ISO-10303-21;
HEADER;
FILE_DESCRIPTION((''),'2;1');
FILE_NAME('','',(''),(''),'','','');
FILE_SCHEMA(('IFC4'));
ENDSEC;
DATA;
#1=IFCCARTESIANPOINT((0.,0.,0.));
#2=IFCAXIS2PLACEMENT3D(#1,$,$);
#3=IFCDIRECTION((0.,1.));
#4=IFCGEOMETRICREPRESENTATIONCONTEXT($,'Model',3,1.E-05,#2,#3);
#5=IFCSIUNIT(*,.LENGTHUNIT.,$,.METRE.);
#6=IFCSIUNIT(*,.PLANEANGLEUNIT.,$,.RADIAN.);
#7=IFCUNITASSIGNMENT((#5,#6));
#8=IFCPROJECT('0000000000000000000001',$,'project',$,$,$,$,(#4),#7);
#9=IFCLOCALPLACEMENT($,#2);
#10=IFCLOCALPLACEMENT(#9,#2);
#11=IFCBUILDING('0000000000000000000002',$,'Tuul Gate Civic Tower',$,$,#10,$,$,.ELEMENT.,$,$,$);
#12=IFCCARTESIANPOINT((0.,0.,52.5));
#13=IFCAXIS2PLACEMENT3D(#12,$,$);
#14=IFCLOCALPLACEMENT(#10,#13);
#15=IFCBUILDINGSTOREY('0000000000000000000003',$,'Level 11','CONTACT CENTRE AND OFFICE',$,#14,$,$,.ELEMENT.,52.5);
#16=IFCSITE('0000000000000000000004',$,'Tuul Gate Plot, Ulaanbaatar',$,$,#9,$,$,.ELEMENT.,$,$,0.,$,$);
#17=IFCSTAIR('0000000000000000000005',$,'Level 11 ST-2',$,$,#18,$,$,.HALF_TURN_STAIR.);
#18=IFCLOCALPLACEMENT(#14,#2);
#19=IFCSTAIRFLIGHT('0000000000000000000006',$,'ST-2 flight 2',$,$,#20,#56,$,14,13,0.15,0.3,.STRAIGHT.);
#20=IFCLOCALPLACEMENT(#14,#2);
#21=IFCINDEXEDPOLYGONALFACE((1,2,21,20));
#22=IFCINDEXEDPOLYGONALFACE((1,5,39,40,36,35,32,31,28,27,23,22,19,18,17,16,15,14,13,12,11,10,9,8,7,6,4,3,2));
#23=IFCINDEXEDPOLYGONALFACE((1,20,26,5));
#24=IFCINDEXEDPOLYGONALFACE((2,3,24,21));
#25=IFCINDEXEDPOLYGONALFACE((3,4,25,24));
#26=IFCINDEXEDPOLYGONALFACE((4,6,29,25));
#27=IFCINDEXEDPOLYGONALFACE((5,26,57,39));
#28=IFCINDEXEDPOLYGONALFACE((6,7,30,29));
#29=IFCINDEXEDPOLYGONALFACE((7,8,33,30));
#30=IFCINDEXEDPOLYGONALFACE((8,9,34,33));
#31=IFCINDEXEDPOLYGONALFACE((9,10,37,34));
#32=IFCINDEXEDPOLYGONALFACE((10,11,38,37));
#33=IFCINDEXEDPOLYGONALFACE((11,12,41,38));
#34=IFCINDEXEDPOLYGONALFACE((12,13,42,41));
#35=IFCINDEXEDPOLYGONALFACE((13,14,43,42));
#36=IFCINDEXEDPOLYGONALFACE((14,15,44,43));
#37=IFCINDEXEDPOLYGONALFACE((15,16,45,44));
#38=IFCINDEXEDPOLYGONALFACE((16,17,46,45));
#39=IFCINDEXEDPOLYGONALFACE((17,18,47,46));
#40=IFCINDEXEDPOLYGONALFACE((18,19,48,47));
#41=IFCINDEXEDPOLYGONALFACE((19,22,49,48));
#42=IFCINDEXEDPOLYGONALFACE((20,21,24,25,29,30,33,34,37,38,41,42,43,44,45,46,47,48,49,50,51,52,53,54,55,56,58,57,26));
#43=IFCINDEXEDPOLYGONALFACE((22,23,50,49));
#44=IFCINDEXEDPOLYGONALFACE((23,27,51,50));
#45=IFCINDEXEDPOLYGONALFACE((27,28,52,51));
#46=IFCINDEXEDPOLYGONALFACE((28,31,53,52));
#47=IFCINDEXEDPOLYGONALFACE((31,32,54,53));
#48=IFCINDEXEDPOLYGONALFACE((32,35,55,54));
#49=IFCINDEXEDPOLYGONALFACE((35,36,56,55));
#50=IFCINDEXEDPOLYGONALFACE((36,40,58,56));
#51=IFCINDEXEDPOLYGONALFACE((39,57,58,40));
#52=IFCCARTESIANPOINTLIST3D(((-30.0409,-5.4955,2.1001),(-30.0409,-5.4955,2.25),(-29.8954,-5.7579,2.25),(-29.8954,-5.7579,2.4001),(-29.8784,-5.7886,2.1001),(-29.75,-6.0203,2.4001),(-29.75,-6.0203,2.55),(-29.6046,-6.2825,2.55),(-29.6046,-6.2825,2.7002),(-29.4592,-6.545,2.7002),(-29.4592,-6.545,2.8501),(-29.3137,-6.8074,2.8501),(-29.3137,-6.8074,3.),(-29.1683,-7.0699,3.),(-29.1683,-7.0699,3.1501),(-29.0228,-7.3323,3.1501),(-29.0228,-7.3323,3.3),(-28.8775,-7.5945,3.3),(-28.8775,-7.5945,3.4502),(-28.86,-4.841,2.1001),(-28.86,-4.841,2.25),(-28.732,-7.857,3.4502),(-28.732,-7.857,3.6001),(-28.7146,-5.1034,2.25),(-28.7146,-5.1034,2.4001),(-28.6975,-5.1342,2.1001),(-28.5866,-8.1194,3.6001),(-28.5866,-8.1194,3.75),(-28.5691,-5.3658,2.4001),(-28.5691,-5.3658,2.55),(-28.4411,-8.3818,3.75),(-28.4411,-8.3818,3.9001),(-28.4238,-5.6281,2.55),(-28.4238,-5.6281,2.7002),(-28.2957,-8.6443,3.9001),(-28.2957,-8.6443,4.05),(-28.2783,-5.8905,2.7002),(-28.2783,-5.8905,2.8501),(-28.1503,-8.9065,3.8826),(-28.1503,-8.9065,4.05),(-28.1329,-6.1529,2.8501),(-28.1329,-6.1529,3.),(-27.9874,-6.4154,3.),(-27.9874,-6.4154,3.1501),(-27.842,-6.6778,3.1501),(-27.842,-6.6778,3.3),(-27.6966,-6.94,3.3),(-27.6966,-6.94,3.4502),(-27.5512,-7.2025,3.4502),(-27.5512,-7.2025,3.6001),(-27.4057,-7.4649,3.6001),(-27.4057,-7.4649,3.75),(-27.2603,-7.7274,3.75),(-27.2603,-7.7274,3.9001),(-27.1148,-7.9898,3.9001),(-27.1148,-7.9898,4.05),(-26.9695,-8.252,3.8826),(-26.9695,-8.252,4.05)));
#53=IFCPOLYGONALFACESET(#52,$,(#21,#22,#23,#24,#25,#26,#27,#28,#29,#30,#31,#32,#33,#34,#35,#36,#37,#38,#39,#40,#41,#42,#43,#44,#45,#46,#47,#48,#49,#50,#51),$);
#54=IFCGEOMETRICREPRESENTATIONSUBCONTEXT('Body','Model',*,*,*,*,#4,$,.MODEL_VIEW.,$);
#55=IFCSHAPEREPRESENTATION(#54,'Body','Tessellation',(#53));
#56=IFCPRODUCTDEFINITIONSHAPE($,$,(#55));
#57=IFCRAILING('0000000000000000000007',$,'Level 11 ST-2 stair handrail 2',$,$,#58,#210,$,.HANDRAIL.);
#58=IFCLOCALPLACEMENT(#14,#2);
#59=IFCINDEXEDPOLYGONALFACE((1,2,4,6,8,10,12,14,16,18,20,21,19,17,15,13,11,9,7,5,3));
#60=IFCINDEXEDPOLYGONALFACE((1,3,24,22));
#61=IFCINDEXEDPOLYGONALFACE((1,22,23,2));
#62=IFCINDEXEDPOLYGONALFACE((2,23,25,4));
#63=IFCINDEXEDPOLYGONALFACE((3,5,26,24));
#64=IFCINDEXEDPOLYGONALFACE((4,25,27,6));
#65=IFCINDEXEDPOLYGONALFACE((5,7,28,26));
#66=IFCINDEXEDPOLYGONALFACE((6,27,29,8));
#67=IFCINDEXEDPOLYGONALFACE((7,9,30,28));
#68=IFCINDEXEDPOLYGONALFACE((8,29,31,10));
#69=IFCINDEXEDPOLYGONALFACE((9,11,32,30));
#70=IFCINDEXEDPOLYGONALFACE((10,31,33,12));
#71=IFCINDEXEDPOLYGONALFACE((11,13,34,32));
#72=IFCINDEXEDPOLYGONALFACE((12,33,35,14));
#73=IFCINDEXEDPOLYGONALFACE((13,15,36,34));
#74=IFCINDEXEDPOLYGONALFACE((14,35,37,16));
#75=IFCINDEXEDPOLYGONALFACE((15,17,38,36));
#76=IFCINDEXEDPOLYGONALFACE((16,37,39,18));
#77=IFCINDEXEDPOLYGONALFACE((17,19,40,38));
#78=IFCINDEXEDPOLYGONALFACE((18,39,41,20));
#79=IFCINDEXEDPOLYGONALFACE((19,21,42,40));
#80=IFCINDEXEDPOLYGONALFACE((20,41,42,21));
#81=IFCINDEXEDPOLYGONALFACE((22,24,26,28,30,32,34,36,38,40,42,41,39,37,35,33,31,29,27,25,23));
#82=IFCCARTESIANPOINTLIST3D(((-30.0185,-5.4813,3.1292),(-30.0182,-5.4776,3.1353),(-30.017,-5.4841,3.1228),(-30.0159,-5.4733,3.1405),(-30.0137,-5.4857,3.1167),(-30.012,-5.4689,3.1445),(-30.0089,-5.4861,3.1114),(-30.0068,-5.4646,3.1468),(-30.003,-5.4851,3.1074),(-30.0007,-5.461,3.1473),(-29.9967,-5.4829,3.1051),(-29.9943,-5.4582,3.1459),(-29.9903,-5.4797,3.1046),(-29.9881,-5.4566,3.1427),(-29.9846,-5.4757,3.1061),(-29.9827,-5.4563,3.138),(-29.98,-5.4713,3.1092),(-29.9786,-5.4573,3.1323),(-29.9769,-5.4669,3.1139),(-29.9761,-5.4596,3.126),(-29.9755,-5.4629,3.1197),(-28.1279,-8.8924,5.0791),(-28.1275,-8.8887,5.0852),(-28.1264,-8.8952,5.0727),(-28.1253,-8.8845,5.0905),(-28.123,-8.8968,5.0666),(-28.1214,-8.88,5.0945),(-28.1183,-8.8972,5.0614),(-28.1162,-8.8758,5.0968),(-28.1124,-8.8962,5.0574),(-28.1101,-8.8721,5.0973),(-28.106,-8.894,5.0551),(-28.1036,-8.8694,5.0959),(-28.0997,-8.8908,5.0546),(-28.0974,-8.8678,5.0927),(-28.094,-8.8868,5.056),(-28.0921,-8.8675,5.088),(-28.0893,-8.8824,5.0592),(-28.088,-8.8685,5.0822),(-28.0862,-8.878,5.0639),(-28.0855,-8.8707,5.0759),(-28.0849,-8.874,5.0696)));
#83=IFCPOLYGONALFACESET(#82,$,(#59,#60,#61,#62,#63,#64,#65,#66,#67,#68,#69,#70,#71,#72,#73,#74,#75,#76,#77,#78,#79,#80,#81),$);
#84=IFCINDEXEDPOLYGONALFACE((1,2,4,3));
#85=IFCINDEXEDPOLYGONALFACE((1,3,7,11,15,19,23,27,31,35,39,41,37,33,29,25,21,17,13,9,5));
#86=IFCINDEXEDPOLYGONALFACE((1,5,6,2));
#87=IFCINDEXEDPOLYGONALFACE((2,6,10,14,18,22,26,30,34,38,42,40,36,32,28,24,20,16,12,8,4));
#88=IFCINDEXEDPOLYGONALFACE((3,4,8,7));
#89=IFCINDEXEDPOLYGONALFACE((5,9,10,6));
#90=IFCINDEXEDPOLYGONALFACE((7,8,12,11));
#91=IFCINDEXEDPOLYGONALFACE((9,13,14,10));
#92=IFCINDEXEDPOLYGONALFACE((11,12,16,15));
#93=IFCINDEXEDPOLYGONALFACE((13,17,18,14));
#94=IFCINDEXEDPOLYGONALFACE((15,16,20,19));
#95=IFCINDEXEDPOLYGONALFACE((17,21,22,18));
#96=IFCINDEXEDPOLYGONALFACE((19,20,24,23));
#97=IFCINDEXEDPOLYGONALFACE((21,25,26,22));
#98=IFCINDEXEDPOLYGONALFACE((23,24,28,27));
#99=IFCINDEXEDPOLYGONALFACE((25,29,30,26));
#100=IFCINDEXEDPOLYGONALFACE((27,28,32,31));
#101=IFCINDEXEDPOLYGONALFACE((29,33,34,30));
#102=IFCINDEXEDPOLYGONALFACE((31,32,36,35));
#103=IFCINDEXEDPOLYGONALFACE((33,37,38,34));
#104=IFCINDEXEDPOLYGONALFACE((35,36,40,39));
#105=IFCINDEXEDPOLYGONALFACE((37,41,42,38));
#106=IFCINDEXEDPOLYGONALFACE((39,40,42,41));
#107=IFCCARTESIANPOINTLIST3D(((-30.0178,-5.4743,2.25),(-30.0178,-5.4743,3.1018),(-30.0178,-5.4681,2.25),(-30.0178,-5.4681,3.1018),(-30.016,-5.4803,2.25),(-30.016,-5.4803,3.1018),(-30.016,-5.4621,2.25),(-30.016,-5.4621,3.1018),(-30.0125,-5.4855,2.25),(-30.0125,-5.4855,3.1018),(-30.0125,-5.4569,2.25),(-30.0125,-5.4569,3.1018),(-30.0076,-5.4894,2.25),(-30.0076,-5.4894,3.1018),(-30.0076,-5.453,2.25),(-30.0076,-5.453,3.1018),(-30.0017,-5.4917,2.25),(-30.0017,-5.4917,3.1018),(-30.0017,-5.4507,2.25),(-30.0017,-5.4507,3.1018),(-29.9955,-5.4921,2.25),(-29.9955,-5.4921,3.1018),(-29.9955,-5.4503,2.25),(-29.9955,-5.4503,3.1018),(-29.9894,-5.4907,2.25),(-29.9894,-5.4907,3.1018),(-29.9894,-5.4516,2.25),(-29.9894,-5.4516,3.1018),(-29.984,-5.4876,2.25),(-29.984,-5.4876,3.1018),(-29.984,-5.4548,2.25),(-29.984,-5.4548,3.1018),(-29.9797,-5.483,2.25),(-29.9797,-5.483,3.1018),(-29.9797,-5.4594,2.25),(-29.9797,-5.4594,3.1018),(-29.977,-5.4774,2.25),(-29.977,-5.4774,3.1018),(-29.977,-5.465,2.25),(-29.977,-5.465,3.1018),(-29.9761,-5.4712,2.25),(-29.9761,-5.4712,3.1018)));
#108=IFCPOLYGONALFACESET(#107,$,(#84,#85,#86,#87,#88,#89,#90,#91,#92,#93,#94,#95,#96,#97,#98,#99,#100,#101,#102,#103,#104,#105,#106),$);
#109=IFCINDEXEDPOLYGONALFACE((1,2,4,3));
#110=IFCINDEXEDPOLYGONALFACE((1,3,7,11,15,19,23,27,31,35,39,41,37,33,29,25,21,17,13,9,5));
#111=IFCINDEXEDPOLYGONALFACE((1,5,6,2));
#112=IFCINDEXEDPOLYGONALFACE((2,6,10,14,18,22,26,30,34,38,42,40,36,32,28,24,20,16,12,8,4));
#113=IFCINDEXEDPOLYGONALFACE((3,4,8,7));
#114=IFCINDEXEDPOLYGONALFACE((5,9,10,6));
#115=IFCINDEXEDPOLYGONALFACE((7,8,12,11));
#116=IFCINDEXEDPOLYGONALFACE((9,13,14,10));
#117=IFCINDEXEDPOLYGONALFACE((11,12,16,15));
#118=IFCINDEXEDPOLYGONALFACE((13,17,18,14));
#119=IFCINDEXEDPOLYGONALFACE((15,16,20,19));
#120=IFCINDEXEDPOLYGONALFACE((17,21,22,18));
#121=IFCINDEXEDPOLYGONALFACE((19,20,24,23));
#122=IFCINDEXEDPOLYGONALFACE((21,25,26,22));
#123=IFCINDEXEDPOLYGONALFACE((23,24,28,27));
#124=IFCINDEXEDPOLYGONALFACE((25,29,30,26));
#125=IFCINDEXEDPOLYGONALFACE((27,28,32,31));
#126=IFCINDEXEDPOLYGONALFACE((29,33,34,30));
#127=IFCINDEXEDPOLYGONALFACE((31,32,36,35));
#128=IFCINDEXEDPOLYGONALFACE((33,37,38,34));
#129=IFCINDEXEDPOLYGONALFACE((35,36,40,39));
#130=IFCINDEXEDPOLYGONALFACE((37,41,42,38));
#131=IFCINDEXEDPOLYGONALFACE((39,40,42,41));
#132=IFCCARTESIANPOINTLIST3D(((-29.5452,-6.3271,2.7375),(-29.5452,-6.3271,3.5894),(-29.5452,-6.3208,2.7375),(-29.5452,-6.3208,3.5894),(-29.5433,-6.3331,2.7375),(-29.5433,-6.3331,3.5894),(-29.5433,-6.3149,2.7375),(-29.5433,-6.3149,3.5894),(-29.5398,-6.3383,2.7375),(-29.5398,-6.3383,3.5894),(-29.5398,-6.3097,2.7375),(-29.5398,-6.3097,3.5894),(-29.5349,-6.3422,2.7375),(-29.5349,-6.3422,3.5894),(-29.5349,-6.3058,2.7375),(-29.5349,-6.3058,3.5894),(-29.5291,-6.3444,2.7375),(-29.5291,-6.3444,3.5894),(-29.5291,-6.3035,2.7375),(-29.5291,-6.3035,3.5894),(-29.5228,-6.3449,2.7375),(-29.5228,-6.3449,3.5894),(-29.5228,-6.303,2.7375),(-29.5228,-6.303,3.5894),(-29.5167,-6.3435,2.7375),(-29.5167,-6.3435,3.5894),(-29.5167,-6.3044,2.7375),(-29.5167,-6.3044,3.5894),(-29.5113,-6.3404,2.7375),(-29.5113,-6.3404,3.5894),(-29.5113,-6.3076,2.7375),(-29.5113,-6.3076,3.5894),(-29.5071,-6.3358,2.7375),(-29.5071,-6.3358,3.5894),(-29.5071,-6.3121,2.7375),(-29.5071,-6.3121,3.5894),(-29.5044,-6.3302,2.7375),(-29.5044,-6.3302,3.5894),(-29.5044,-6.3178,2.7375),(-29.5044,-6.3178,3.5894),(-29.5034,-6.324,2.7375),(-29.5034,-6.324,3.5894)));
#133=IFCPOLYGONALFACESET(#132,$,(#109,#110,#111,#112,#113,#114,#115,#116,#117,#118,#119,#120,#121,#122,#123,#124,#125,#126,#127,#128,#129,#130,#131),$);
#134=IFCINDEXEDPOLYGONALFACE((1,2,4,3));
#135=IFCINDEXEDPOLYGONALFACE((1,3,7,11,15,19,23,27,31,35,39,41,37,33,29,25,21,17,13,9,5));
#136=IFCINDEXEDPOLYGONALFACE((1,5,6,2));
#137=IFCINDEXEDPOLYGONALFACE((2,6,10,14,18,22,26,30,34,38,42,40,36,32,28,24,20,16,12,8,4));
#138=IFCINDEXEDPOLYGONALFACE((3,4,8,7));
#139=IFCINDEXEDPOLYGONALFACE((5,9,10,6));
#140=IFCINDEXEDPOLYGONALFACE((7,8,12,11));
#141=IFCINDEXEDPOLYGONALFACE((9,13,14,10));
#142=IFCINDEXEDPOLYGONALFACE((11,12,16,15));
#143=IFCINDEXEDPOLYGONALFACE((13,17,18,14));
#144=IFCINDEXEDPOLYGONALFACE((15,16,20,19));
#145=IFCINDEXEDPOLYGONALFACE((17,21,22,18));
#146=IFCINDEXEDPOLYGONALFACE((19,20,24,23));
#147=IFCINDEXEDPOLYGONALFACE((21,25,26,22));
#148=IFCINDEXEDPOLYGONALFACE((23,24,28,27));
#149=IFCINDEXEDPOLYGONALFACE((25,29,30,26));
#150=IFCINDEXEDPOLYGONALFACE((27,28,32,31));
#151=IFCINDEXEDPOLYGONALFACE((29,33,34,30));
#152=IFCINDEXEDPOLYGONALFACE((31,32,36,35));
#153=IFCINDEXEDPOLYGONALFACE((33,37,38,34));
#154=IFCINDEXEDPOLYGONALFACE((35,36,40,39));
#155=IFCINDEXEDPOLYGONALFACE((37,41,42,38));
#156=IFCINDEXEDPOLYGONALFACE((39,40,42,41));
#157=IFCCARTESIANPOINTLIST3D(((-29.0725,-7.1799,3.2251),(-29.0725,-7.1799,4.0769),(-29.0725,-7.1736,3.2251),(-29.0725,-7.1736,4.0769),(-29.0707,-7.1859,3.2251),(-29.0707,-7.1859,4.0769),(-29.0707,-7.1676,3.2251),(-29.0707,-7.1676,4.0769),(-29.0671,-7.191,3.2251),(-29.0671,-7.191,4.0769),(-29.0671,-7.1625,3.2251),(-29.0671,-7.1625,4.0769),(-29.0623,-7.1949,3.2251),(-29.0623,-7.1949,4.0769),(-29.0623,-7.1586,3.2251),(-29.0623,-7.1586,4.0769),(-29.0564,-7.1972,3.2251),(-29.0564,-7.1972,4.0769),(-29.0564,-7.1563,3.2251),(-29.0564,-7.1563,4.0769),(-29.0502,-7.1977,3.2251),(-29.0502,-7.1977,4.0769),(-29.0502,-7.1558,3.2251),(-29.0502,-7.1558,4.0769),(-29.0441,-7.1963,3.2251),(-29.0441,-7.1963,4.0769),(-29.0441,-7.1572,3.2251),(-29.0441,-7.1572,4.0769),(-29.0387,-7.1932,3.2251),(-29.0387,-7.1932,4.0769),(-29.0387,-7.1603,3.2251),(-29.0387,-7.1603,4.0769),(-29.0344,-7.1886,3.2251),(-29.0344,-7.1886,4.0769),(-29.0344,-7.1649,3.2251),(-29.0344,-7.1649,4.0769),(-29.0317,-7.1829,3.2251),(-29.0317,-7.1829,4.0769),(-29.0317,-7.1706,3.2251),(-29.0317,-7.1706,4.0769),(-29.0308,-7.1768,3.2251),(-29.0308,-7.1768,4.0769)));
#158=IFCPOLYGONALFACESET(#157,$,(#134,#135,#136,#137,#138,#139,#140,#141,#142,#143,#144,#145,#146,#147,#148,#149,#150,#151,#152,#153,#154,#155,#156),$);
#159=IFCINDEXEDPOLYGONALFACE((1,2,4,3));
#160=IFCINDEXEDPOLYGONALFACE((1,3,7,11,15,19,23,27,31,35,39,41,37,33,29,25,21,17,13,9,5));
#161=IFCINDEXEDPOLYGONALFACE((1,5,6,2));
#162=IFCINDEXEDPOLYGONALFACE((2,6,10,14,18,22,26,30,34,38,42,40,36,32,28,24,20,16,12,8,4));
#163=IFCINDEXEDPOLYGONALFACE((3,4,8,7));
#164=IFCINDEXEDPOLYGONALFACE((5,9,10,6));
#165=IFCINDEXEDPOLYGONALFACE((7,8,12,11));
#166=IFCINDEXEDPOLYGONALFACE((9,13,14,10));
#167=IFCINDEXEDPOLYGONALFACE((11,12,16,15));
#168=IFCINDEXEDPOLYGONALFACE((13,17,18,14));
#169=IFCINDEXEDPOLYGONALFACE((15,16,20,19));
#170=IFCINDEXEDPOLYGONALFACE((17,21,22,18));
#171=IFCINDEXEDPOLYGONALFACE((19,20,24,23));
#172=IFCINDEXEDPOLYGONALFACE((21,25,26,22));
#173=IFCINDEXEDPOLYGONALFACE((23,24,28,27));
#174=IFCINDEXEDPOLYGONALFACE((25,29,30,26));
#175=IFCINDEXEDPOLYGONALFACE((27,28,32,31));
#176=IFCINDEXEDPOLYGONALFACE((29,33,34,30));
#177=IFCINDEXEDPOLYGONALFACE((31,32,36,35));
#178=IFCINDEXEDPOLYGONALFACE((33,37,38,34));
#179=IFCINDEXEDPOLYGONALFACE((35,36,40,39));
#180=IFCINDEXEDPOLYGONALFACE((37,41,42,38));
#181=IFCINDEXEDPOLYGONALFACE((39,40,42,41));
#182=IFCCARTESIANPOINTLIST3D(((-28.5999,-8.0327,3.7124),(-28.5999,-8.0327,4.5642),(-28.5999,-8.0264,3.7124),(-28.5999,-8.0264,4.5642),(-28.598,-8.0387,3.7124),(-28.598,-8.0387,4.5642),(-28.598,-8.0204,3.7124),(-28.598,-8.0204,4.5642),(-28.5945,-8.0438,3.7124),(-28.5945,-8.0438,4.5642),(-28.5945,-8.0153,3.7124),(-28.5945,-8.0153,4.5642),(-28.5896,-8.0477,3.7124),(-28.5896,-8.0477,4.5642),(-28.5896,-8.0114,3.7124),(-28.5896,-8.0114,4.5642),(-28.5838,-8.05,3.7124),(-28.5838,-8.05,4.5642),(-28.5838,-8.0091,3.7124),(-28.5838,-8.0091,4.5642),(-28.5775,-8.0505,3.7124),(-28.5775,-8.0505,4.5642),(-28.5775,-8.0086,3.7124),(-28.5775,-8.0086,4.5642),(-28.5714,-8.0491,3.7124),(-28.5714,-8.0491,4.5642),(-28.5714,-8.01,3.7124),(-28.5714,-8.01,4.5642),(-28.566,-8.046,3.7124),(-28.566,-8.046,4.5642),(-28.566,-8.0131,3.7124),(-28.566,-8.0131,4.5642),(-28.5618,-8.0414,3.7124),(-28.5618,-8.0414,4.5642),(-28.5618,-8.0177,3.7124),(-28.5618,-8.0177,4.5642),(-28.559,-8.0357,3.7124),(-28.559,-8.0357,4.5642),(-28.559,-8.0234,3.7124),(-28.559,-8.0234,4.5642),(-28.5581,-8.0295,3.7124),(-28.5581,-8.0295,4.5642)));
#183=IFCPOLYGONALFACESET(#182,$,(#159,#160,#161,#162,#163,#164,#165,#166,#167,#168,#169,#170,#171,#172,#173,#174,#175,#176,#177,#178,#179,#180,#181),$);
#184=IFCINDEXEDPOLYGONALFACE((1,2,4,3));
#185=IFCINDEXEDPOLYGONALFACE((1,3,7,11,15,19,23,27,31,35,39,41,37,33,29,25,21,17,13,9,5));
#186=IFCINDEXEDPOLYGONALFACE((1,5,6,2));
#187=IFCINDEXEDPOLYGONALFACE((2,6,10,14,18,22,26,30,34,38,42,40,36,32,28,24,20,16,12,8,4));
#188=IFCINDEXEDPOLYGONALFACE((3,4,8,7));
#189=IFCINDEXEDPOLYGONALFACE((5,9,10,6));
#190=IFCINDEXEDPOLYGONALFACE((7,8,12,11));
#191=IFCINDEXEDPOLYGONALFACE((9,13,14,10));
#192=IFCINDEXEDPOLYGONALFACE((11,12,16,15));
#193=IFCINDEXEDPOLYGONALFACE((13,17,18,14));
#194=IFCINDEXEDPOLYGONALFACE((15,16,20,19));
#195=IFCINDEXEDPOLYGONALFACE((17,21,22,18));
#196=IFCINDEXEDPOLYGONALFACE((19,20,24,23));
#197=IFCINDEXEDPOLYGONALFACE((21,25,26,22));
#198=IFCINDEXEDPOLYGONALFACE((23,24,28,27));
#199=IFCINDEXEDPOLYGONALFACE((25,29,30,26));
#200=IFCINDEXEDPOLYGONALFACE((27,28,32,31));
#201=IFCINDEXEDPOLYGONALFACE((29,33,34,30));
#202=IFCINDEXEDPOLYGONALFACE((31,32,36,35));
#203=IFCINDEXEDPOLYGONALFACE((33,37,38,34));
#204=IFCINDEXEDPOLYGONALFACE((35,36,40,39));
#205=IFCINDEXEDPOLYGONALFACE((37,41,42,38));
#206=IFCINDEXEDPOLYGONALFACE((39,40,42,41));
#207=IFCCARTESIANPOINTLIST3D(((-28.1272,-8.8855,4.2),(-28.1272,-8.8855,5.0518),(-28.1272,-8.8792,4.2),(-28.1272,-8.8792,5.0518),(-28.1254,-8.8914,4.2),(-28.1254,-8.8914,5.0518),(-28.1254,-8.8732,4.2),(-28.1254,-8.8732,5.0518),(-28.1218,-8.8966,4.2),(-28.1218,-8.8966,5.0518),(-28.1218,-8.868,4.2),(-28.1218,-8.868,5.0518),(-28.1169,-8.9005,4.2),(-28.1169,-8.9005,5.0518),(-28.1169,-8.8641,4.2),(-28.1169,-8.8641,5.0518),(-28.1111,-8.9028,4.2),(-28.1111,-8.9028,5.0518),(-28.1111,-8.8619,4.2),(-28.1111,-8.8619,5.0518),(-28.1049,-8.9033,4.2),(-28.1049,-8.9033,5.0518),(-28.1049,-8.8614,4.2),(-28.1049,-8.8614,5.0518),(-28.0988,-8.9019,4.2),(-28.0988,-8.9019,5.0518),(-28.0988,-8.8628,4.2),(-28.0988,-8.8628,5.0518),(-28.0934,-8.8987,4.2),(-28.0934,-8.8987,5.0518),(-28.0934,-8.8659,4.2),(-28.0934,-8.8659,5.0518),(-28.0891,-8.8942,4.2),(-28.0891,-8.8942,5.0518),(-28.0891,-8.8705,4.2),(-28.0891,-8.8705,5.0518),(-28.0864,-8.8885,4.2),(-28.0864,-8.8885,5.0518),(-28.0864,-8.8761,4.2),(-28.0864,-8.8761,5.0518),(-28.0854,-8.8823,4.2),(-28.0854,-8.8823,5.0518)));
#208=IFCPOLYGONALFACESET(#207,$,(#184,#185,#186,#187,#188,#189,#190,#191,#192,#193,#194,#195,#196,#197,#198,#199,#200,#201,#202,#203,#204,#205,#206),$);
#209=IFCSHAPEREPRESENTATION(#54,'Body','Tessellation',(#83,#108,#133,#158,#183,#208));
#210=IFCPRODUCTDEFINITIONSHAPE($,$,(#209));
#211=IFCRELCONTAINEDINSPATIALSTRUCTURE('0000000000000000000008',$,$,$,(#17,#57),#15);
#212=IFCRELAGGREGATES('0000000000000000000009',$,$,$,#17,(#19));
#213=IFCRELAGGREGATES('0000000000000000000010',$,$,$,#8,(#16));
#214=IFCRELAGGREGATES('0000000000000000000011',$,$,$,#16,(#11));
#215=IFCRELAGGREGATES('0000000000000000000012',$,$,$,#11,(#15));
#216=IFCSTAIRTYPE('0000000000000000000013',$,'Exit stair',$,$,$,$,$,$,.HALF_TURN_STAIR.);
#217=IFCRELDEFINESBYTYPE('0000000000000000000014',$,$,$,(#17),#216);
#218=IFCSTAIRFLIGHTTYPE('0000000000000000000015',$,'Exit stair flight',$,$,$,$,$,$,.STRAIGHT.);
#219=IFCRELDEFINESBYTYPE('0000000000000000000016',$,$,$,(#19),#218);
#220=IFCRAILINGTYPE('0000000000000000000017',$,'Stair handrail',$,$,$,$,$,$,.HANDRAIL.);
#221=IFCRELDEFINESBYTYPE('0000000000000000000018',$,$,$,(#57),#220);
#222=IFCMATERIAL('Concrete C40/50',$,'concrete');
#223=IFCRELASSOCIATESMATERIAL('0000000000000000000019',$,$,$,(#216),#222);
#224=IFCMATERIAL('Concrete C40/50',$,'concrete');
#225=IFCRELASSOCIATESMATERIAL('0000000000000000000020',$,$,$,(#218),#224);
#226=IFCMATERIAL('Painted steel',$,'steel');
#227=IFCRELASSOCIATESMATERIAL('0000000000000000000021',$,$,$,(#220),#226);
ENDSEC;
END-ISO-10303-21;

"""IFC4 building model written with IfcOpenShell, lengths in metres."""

from ifc_helpers import new_model, si_unit, direction, frame, origin, origin_2d, place, context, subcontext, project, spatial, polyline, circle, outline, extrude, material, type_object, element, aggregate, save


model = new_model("IFC4")

# Units and contexts
model_context = context("Model", 3, precision=1e-05, world=origin(), true_north=direction((0.0, 1.0)))
body_context = subcontext(model_context, "Body", "Model", "MODEL_VIEW")
ifc_project = project(units=[si_unit("LENGTHUNIT", "METRE"), si_unit("PLANEANGLEUNIT", "RADIAN")], contexts=[model_context])

# Site, building, storey
site_placement = place(None, origin())
site = spatial("IfcSite", under=ifc_project, at=site_placement, Name="Tuul Gate Plot, Ulaanbaatar", CompositionType="ELEMENT", RefElevation=0.0)
building_placement = place(site_placement, origin())
building = spatial("IfcBuilding", under=site, at=building_placement, Name="Tuul Gate Civic Tower", CompositionType="ELEMENT")
storey_placement = place(building_placement, frame((0.0, 0.0, 52.5)))
storey = spatial("IfcBuildingStorey", under=building, at=storey_placement, Name="Level 11", Description="CONTACT CENTRE AND OFFICE", CompositionType="ELEMENT", Elevation=52.5)

# Stair, stair flight
ifc_material_1 = material(Name="Concrete C40/50", Category="concrete")
stair_type = type_object("IfcStairType", Name="Exit stair", PredefinedType="HALF_TURN_STAIR", material=ifc_material_1)
stair_placement = place(storey_placement, origin())
stair = element("IfcStair", 1, at=stair_placement, inside=storey, type_object=stair_type, Name="Level 11 ST-2", PredefinedType="HALF_TURN_STAIR")
ifc_material_2 = material(Name="Concrete C40/50", Category="concrete")
stair_flight_type = type_object("IfcStairFlightType", Name="Exit stair flight", PredefinedType="STRAIGHT", material=ifc_material_2)
stair_flight_placement = place(storey_placement, frame((-29.4504, -5.1682, 2.1001), z_axis=(0.0, 0.0, 1.0), x_axis=(0.484762, -0.874646, 0.0)))
stair_flight = element("IfcStairFlight", 2, at=stair_flight_placement, type_object=stair_flight_type, Name="ST-2 flight 2", NumberOfRisers=14, NumberOfTreads=13, PredefinedType="STRAIGHT", RiserHeight=0.15, TreadLength=0.3, context=body_context, shape_type="SweptSolid", body=[
    extrude(outline(polyline([(0.0, 0.0), (0.0, 0.1499), (0.3, 0.1499), (0.3, 0.3), (0.6001, 0.3), (0.6001, 0.45), (0.8999, 0.45), (0.8999, 0.6001), (1.2, 0.6001), (1.2, 0.75), (1.5, 0.75), (1.5, 0.8999), (1.8, 0.8999), (1.8, 1.05), (2.1001, 1.05), (2.1001, 1.2), (2.3999, 1.2), (2.3999, 1.3501), (2.7, 1.3501), (2.7, 1.5), (3.0, 1.5), (3.0, 1.6499), (3.3, 1.6499), (3.3, 1.8), (3.6001, 1.8), (3.6001, 1.95), (3.8999, 1.95), (3.8999, 2.1001), (3.8999, 1.7825), (0.3352, 0.0), (0.0, 0.0)])), frame((0.0, 0.675, 0.0), z_axis=(0.0, -1.0, 0.0), x_axis=(1.0, 0.0, 0.0)), (0.0, 0.0, 1.0), 1.3501),
])
aggregate(stair, [stair_flight])

# Railing
ifc_material_3 = material(Name="Painted steel", Category="steel")
railing_type = type_object("IfcRailingType", Name="Stair handrail", PredefinedType="HANDRAIL", material=ifc_material_3)
railing_placement = place(storey_placement, frame((-29.9971, -5.4712, 2.25)))
element("IfcRailing", 3, at=railing_placement, inside=storey, type_object=railing_type, Name="Level 11 ST-2 stair handrail 2", PredefinedType="HANDRAIL", context=body_context, shape_type="SweptSolid", body=[
    extrude(circle(Radius=0.0239, at=origin_2d()), frame((0.0, 0.0, 0.876), z_axis=(0.433595, -0.782308, 0.447201), x_axis=(0.874641, 0.484771, 0.0)), (0.0, 0.0, 1.0), 4.3604),
    extrude(circle(Radius=0.021, at=origin_2d()), origin(), (0.0, 0.0, 1.0), 0.8518),
    extrude(circle(Radius=0.021, at=origin_2d()), frame((0.4727, -0.8528, 0.4875)), (0.0, 0.0, 1.0), 0.8518),
    extrude(circle(Radius=0.021, at=origin_2d()), frame((0.9453, -1.7056, 0.9751)), (0.0, 0.0, 1.0), 0.8518),
    extrude(circle(Radius=0.021, at=origin_2d()), frame((1.418, -2.5583, 1.4624)), (0.0, 0.0, 1.0), 0.8518),
    extrude(circle(Radius=0.021, at=origin_2d()), frame((1.8906, -3.4111, 1.95)), (0.0, 0.0, 1.0), 0.8518),
])

save(model, "model.ifc")
